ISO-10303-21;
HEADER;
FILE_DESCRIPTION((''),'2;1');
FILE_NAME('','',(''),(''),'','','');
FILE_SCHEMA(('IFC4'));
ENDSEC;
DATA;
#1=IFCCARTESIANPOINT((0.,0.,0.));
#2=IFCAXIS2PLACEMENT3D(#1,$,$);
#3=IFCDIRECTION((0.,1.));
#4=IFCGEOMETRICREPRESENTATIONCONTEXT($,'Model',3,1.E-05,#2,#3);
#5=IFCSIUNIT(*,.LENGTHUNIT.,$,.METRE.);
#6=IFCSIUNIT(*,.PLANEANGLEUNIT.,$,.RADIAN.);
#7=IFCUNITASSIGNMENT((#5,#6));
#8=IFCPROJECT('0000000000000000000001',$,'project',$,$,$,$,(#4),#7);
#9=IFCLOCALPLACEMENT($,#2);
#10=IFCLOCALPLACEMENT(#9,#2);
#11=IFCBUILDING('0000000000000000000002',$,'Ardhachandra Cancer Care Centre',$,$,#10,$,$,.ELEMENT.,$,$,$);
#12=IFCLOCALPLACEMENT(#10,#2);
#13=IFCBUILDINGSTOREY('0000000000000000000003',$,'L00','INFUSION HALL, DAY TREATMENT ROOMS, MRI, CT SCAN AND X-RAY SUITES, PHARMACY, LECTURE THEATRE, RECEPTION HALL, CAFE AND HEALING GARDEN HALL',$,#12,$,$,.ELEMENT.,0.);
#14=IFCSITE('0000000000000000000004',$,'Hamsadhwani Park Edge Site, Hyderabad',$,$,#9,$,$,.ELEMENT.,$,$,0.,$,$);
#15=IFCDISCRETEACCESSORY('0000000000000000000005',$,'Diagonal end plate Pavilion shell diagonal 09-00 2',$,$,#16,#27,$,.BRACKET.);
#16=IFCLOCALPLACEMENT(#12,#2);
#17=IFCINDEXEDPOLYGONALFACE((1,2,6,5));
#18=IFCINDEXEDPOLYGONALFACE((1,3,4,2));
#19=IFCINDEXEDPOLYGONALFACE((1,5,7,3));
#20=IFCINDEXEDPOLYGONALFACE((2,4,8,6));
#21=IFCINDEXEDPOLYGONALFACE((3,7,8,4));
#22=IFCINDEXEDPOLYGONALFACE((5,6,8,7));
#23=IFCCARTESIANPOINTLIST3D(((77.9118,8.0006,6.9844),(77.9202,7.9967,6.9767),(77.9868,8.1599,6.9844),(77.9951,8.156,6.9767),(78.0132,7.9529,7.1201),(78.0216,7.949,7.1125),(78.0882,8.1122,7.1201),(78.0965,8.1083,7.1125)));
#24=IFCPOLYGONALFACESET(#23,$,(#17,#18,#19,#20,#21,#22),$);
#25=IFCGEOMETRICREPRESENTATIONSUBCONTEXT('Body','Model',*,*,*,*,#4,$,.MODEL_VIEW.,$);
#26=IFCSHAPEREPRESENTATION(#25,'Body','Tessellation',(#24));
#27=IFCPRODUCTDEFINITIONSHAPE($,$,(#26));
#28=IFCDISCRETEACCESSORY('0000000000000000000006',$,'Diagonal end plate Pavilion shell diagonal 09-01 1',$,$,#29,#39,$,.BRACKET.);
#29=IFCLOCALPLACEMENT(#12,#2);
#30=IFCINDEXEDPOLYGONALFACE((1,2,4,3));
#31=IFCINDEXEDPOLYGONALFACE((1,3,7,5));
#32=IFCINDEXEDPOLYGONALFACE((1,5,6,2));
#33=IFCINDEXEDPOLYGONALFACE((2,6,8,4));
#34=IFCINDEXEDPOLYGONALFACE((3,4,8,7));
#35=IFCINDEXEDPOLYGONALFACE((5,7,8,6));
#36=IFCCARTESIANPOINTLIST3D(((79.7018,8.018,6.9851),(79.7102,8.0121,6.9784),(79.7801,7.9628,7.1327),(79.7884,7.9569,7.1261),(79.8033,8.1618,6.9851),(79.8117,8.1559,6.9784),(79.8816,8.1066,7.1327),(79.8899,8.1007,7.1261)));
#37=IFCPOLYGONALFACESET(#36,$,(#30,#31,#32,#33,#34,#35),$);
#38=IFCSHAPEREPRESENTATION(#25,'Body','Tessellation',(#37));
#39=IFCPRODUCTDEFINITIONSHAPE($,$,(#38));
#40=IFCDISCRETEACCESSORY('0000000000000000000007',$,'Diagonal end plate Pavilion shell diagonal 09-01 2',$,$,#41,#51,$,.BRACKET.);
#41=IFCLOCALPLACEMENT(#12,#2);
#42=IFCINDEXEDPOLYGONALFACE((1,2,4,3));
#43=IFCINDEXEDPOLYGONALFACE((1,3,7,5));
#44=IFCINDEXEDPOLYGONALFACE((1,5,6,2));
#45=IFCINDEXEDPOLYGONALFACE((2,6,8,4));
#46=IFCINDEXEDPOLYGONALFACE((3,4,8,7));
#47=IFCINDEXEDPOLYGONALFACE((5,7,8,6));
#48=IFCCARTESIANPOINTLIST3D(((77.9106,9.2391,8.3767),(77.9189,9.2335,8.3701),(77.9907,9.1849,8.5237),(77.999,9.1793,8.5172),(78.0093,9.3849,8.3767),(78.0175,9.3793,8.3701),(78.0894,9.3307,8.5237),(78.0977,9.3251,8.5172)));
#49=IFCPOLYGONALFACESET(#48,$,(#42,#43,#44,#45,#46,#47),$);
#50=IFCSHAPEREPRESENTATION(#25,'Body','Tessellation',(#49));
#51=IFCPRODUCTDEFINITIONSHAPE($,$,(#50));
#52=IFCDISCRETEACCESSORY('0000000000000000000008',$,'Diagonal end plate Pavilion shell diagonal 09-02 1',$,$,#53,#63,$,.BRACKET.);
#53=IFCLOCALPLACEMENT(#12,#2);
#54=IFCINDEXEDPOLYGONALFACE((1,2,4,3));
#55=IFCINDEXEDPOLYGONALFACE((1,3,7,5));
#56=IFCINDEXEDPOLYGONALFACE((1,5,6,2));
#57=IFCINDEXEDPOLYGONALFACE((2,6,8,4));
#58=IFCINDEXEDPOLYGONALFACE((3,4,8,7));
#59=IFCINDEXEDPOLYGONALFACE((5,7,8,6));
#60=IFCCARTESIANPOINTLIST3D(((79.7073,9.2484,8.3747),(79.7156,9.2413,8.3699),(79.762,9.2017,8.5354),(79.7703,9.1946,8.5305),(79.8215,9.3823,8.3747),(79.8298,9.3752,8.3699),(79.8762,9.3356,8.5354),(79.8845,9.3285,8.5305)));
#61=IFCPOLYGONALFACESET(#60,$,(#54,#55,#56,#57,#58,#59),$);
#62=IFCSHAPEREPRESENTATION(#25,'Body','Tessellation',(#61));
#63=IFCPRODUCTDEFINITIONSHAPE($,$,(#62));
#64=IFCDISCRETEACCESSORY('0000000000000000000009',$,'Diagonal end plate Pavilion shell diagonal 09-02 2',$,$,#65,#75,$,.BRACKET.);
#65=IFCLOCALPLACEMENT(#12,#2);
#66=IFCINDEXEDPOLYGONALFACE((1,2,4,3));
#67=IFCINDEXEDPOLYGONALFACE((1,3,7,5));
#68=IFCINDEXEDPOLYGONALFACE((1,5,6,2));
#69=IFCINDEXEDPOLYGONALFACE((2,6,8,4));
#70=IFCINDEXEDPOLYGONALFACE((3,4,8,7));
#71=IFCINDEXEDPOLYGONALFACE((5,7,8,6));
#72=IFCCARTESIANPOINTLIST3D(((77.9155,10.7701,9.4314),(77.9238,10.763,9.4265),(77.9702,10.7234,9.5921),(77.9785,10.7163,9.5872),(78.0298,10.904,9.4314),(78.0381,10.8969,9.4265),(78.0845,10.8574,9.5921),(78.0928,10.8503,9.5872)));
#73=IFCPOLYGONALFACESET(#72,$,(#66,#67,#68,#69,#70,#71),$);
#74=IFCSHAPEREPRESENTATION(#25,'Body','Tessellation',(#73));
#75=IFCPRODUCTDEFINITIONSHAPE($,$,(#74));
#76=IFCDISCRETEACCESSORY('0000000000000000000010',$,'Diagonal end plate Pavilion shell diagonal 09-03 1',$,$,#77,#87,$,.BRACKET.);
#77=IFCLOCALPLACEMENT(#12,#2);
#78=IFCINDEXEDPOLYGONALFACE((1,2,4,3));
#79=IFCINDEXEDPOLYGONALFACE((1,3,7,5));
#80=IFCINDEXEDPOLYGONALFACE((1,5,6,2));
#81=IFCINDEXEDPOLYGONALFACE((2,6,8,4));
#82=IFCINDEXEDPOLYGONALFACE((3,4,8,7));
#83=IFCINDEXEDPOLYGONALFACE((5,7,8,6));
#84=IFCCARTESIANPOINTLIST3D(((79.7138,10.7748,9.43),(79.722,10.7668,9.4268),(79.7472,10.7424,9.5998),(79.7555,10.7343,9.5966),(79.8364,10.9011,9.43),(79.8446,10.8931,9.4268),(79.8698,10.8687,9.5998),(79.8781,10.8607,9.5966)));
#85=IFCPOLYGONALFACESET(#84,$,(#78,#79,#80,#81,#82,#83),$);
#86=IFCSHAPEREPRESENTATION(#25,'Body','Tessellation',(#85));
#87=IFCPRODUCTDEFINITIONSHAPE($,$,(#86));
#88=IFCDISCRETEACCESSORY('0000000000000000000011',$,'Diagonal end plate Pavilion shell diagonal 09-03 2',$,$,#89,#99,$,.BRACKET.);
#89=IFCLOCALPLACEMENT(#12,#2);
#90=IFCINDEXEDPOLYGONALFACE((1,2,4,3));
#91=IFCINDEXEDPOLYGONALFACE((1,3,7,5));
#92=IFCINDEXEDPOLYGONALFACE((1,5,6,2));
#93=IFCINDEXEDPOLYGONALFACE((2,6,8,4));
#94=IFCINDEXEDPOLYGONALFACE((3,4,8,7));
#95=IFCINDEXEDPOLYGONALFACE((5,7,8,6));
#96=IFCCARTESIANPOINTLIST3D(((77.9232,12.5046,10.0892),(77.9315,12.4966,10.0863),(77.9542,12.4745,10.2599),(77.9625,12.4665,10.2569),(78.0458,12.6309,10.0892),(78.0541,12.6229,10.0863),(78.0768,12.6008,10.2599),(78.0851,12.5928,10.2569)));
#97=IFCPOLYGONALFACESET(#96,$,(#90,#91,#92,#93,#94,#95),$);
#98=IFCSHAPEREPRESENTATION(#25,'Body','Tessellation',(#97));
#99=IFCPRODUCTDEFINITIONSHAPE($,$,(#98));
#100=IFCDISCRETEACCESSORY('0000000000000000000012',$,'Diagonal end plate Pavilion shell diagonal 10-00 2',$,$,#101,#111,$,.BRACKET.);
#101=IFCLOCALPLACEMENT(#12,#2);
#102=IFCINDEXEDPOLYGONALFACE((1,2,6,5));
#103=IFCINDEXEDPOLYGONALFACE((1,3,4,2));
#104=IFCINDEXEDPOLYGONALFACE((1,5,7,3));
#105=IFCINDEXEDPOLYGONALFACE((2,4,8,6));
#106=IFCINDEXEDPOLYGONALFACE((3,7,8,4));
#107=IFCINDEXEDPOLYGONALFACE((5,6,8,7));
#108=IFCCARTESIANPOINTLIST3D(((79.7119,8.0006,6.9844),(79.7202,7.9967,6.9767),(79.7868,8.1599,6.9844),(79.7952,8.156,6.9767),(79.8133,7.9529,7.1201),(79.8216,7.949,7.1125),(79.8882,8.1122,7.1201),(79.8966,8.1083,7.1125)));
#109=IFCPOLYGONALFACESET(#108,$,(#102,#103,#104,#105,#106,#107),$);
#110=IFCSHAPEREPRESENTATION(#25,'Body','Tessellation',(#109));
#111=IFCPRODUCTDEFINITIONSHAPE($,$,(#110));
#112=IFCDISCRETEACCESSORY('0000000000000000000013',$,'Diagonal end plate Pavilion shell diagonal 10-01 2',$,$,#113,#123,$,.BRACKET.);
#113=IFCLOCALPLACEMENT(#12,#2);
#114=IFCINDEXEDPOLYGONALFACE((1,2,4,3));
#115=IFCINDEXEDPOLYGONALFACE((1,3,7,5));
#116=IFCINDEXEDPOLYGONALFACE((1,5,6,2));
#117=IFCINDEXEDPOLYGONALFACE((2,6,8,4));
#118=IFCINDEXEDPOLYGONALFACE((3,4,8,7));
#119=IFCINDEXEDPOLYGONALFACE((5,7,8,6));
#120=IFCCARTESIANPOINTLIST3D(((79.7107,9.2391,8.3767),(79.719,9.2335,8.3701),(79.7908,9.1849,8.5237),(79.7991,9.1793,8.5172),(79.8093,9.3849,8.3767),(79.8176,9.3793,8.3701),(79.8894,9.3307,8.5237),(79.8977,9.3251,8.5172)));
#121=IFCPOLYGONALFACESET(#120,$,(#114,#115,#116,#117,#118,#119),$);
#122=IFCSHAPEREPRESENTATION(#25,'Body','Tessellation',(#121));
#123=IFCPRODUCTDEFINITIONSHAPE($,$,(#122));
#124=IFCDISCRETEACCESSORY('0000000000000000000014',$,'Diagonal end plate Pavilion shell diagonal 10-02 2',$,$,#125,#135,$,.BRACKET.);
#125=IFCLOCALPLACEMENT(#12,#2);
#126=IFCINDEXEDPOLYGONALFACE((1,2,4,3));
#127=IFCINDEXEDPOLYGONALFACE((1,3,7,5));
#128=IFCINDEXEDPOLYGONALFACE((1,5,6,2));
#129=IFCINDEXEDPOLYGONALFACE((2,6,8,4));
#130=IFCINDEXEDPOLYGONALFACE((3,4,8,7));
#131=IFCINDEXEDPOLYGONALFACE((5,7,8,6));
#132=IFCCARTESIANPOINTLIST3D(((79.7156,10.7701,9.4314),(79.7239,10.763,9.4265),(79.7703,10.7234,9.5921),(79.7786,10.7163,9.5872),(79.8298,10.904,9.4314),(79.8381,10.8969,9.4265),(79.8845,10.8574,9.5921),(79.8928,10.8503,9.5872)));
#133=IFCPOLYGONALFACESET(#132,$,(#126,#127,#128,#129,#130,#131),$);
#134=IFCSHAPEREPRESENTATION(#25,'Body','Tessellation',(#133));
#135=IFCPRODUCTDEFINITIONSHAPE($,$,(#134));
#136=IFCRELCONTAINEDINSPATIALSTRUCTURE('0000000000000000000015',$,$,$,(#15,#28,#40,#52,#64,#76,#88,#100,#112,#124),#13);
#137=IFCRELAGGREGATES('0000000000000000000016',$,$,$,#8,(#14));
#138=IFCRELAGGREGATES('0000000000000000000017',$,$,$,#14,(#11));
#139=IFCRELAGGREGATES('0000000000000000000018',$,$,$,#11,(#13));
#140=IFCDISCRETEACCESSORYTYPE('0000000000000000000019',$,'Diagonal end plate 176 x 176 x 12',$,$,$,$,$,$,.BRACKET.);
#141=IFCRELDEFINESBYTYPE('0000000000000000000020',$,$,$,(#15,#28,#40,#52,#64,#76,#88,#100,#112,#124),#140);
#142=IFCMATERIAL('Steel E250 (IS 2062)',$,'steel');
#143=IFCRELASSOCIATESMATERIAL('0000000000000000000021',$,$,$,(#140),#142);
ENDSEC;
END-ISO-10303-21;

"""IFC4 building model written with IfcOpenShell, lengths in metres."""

from ifc_helpers import new_model, si_unit, direction, frame, origin, origin_2d, place, context, subcontext, project, spatial, rectangle, extrude, material, material_profile, profile_set, type_object, element, save


model = new_model("IFC4")

# Units and contexts
model_context = context("Model", 3, precision=1e-05, world=origin(), true_north=direction((0.0, 1.0)))
body_context = subcontext(model_context, "Body", "Model", "MODEL_VIEW")
ifc_project = project(units=[si_unit("LENGTHUNIT", "METRE"), si_unit("PLANEANGLEUNIT", "RADIAN")], contexts=[model_context])

# Site, building, storey
site_placement = place(None, origin())
site = spatial("IfcSite", under=ifc_project, at=site_placement, Name="Hamsadhwani Park Edge Site, Hyderabad", CompositionType="ELEMENT", RefElevation=0.0)
building_placement = place(site_placement, origin())
building = spatial("IfcBuilding", under=site, at=building_placement, Name="Ardhachandra Cancer Care Centre", CompositionType="ELEMENT")
storey_placement = place(building_placement, origin())
storey = spatial("IfcBuildingStorey", under=building, at=storey_placement, Name="L00", Description="INFUSION HALL, DAY TREATMENT ROOMS, MRI, CT SCAN AND X-RAY SUITES, PHARMACY, LECTURE THEATRE, RECEPTION HALL, CAFE AND HEALING GARDEN HALL", CompositionType="ELEMENT", Elevation=0.0)

# Discrete accessories
ifc_material_1 = material(Name="Steel E250 (IS 2062)", Category="steel")
ifc_material_profile_1 = material_profile(ifc_material_1, rectangle(XDim=0.176, YDim=0.176, at=origin_2d()), Name="PL 176x176x12")
ifc_profile_set_1 = profile_set([ifc_material_profile_1], Name="Steel E250 (IS 2062)")
discrete_accessory_type = type_object("IfcDiscreteAccessoryType", Name="Diagonal end plate 176 x 176 x 12", PredefinedType="BRACKET", material=ifc_profile_set_1)
for number, where, z_axis, x_axis, name in (
    (1, (78.0, 8.0564, 7.0522), (0.697959, -0.328451, -0.636375), (0.425797, 0.904819, 0.0), "Diagonal end plate Pavilion shell diagonal 09-00 2"),
):
    element("IfcDiscreteAccessory", number, at=place(storey_placement, frame(where, z_axis=z_axis, x_axis=x_axis)), inside=storey, type_object=discrete_accessory_type, Name=name, PredefinedType="BRACKET", context=body_context, shape_type="SweptSolid", body=[
        extrude(rectangle(XDim=0.176, YDim=0.176, at=origin_2d()), origin(), (0.0, 0.0, 1.0), 0.012),
    ])
discrete_accessory_placement = place(storey_placement, frame((79.8, 8.0564, 7.0522), z_axis=(-0.685367, 0.483788, 0.544262), x_axis=(-0.576683, -0.816968, 0.0)))
element("IfcDiscreteAccessory", 2, at=discrete_accessory_placement, inside=storey, type_object=discrete_accessory_type, Name="Diagonal end plate Pavilion shell diagonal 09-01 1", PredefinedType="BRACKET", context=body_context, shape_type="SweptSolid", body=[
    extrude(rectangle(XDim=0.176, YDim=0.176, at=origin_2d()), origin(), (0.0, 0.0, 1.0), 0.0122),
])
for number, where, z_axis, x_axis, name in (
    (3, (78.0, 9.2849, 8.4502), (0.692007, -0.468122, -0.549535), (0.560309, 0.828283, 0.0), "Diagonal end plate Pavilion shell diagonal 09-01 2"),
    (4, (79.8, 9.2849, 8.4502), (-0.694456, 0.59233, 0.408504), (-0.648947, -0.760834, 0.0), "Diagonal end plate Pavilion shell diagonal 09-02 1"),
    (5, (78.0, 10.8137, 9.5117), (0.694456, -0.59233, -0.408504), (0.648947, 0.760834, 0.0), "Diagonal end plate Pavilion shell diagonal 09-02 2"),
    (6, (79.8, 10.8137, 9.5117), (-0.692007, 0.671654, 0.264591), (-0.696475, -0.717581, 0.0), "Diagonal end plate Pavilion shell diagonal 09-03 1"),
    (7, (78.0, 12.5527, 10.1746), (0.695618, -0.675159, -0.245512), (0.696475, 0.717581, 0.0), "Diagonal end plate Pavilion shell diagonal 09-03 2"),
    (8, (79.8, 8.0564, 7.0522), (0.697959, -0.328451, -0.636375), (0.425797, 0.904819, 0.0), "Diagonal end plate Pavilion shell diagonal 10-00 2"),
    (9, (79.8, 9.2849, 8.4502), (0.692007, -0.468122, -0.549535), (0.560309, 0.828283, 0.0), "Diagonal end plate Pavilion shell diagonal 10-01 2"),
    (10, (79.8, 10.8137, 9.5117), (0.694456, -0.59233, -0.408504), (0.648947, 0.760834, 0.0), "Diagonal end plate Pavilion shell diagonal 10-02 2"),
):
    element("IfcDiscreteAccessory", number, at=place(storey_placement, frame(where, z_axis=z_axis, x_axis=x_axis)), inside=storey, type_object=discrete_accessory_type, Name=name, PredefinedType="BRACKET", context=body_context, shape_type="SweptSolid", body=[
        extrude(rectangle(XDim=0.176, YDim=0.176, at=origin_2d()), origin(), (0.0, 0.0, 1.0), 0.012),
    ])

save(model, "model.ifc")
